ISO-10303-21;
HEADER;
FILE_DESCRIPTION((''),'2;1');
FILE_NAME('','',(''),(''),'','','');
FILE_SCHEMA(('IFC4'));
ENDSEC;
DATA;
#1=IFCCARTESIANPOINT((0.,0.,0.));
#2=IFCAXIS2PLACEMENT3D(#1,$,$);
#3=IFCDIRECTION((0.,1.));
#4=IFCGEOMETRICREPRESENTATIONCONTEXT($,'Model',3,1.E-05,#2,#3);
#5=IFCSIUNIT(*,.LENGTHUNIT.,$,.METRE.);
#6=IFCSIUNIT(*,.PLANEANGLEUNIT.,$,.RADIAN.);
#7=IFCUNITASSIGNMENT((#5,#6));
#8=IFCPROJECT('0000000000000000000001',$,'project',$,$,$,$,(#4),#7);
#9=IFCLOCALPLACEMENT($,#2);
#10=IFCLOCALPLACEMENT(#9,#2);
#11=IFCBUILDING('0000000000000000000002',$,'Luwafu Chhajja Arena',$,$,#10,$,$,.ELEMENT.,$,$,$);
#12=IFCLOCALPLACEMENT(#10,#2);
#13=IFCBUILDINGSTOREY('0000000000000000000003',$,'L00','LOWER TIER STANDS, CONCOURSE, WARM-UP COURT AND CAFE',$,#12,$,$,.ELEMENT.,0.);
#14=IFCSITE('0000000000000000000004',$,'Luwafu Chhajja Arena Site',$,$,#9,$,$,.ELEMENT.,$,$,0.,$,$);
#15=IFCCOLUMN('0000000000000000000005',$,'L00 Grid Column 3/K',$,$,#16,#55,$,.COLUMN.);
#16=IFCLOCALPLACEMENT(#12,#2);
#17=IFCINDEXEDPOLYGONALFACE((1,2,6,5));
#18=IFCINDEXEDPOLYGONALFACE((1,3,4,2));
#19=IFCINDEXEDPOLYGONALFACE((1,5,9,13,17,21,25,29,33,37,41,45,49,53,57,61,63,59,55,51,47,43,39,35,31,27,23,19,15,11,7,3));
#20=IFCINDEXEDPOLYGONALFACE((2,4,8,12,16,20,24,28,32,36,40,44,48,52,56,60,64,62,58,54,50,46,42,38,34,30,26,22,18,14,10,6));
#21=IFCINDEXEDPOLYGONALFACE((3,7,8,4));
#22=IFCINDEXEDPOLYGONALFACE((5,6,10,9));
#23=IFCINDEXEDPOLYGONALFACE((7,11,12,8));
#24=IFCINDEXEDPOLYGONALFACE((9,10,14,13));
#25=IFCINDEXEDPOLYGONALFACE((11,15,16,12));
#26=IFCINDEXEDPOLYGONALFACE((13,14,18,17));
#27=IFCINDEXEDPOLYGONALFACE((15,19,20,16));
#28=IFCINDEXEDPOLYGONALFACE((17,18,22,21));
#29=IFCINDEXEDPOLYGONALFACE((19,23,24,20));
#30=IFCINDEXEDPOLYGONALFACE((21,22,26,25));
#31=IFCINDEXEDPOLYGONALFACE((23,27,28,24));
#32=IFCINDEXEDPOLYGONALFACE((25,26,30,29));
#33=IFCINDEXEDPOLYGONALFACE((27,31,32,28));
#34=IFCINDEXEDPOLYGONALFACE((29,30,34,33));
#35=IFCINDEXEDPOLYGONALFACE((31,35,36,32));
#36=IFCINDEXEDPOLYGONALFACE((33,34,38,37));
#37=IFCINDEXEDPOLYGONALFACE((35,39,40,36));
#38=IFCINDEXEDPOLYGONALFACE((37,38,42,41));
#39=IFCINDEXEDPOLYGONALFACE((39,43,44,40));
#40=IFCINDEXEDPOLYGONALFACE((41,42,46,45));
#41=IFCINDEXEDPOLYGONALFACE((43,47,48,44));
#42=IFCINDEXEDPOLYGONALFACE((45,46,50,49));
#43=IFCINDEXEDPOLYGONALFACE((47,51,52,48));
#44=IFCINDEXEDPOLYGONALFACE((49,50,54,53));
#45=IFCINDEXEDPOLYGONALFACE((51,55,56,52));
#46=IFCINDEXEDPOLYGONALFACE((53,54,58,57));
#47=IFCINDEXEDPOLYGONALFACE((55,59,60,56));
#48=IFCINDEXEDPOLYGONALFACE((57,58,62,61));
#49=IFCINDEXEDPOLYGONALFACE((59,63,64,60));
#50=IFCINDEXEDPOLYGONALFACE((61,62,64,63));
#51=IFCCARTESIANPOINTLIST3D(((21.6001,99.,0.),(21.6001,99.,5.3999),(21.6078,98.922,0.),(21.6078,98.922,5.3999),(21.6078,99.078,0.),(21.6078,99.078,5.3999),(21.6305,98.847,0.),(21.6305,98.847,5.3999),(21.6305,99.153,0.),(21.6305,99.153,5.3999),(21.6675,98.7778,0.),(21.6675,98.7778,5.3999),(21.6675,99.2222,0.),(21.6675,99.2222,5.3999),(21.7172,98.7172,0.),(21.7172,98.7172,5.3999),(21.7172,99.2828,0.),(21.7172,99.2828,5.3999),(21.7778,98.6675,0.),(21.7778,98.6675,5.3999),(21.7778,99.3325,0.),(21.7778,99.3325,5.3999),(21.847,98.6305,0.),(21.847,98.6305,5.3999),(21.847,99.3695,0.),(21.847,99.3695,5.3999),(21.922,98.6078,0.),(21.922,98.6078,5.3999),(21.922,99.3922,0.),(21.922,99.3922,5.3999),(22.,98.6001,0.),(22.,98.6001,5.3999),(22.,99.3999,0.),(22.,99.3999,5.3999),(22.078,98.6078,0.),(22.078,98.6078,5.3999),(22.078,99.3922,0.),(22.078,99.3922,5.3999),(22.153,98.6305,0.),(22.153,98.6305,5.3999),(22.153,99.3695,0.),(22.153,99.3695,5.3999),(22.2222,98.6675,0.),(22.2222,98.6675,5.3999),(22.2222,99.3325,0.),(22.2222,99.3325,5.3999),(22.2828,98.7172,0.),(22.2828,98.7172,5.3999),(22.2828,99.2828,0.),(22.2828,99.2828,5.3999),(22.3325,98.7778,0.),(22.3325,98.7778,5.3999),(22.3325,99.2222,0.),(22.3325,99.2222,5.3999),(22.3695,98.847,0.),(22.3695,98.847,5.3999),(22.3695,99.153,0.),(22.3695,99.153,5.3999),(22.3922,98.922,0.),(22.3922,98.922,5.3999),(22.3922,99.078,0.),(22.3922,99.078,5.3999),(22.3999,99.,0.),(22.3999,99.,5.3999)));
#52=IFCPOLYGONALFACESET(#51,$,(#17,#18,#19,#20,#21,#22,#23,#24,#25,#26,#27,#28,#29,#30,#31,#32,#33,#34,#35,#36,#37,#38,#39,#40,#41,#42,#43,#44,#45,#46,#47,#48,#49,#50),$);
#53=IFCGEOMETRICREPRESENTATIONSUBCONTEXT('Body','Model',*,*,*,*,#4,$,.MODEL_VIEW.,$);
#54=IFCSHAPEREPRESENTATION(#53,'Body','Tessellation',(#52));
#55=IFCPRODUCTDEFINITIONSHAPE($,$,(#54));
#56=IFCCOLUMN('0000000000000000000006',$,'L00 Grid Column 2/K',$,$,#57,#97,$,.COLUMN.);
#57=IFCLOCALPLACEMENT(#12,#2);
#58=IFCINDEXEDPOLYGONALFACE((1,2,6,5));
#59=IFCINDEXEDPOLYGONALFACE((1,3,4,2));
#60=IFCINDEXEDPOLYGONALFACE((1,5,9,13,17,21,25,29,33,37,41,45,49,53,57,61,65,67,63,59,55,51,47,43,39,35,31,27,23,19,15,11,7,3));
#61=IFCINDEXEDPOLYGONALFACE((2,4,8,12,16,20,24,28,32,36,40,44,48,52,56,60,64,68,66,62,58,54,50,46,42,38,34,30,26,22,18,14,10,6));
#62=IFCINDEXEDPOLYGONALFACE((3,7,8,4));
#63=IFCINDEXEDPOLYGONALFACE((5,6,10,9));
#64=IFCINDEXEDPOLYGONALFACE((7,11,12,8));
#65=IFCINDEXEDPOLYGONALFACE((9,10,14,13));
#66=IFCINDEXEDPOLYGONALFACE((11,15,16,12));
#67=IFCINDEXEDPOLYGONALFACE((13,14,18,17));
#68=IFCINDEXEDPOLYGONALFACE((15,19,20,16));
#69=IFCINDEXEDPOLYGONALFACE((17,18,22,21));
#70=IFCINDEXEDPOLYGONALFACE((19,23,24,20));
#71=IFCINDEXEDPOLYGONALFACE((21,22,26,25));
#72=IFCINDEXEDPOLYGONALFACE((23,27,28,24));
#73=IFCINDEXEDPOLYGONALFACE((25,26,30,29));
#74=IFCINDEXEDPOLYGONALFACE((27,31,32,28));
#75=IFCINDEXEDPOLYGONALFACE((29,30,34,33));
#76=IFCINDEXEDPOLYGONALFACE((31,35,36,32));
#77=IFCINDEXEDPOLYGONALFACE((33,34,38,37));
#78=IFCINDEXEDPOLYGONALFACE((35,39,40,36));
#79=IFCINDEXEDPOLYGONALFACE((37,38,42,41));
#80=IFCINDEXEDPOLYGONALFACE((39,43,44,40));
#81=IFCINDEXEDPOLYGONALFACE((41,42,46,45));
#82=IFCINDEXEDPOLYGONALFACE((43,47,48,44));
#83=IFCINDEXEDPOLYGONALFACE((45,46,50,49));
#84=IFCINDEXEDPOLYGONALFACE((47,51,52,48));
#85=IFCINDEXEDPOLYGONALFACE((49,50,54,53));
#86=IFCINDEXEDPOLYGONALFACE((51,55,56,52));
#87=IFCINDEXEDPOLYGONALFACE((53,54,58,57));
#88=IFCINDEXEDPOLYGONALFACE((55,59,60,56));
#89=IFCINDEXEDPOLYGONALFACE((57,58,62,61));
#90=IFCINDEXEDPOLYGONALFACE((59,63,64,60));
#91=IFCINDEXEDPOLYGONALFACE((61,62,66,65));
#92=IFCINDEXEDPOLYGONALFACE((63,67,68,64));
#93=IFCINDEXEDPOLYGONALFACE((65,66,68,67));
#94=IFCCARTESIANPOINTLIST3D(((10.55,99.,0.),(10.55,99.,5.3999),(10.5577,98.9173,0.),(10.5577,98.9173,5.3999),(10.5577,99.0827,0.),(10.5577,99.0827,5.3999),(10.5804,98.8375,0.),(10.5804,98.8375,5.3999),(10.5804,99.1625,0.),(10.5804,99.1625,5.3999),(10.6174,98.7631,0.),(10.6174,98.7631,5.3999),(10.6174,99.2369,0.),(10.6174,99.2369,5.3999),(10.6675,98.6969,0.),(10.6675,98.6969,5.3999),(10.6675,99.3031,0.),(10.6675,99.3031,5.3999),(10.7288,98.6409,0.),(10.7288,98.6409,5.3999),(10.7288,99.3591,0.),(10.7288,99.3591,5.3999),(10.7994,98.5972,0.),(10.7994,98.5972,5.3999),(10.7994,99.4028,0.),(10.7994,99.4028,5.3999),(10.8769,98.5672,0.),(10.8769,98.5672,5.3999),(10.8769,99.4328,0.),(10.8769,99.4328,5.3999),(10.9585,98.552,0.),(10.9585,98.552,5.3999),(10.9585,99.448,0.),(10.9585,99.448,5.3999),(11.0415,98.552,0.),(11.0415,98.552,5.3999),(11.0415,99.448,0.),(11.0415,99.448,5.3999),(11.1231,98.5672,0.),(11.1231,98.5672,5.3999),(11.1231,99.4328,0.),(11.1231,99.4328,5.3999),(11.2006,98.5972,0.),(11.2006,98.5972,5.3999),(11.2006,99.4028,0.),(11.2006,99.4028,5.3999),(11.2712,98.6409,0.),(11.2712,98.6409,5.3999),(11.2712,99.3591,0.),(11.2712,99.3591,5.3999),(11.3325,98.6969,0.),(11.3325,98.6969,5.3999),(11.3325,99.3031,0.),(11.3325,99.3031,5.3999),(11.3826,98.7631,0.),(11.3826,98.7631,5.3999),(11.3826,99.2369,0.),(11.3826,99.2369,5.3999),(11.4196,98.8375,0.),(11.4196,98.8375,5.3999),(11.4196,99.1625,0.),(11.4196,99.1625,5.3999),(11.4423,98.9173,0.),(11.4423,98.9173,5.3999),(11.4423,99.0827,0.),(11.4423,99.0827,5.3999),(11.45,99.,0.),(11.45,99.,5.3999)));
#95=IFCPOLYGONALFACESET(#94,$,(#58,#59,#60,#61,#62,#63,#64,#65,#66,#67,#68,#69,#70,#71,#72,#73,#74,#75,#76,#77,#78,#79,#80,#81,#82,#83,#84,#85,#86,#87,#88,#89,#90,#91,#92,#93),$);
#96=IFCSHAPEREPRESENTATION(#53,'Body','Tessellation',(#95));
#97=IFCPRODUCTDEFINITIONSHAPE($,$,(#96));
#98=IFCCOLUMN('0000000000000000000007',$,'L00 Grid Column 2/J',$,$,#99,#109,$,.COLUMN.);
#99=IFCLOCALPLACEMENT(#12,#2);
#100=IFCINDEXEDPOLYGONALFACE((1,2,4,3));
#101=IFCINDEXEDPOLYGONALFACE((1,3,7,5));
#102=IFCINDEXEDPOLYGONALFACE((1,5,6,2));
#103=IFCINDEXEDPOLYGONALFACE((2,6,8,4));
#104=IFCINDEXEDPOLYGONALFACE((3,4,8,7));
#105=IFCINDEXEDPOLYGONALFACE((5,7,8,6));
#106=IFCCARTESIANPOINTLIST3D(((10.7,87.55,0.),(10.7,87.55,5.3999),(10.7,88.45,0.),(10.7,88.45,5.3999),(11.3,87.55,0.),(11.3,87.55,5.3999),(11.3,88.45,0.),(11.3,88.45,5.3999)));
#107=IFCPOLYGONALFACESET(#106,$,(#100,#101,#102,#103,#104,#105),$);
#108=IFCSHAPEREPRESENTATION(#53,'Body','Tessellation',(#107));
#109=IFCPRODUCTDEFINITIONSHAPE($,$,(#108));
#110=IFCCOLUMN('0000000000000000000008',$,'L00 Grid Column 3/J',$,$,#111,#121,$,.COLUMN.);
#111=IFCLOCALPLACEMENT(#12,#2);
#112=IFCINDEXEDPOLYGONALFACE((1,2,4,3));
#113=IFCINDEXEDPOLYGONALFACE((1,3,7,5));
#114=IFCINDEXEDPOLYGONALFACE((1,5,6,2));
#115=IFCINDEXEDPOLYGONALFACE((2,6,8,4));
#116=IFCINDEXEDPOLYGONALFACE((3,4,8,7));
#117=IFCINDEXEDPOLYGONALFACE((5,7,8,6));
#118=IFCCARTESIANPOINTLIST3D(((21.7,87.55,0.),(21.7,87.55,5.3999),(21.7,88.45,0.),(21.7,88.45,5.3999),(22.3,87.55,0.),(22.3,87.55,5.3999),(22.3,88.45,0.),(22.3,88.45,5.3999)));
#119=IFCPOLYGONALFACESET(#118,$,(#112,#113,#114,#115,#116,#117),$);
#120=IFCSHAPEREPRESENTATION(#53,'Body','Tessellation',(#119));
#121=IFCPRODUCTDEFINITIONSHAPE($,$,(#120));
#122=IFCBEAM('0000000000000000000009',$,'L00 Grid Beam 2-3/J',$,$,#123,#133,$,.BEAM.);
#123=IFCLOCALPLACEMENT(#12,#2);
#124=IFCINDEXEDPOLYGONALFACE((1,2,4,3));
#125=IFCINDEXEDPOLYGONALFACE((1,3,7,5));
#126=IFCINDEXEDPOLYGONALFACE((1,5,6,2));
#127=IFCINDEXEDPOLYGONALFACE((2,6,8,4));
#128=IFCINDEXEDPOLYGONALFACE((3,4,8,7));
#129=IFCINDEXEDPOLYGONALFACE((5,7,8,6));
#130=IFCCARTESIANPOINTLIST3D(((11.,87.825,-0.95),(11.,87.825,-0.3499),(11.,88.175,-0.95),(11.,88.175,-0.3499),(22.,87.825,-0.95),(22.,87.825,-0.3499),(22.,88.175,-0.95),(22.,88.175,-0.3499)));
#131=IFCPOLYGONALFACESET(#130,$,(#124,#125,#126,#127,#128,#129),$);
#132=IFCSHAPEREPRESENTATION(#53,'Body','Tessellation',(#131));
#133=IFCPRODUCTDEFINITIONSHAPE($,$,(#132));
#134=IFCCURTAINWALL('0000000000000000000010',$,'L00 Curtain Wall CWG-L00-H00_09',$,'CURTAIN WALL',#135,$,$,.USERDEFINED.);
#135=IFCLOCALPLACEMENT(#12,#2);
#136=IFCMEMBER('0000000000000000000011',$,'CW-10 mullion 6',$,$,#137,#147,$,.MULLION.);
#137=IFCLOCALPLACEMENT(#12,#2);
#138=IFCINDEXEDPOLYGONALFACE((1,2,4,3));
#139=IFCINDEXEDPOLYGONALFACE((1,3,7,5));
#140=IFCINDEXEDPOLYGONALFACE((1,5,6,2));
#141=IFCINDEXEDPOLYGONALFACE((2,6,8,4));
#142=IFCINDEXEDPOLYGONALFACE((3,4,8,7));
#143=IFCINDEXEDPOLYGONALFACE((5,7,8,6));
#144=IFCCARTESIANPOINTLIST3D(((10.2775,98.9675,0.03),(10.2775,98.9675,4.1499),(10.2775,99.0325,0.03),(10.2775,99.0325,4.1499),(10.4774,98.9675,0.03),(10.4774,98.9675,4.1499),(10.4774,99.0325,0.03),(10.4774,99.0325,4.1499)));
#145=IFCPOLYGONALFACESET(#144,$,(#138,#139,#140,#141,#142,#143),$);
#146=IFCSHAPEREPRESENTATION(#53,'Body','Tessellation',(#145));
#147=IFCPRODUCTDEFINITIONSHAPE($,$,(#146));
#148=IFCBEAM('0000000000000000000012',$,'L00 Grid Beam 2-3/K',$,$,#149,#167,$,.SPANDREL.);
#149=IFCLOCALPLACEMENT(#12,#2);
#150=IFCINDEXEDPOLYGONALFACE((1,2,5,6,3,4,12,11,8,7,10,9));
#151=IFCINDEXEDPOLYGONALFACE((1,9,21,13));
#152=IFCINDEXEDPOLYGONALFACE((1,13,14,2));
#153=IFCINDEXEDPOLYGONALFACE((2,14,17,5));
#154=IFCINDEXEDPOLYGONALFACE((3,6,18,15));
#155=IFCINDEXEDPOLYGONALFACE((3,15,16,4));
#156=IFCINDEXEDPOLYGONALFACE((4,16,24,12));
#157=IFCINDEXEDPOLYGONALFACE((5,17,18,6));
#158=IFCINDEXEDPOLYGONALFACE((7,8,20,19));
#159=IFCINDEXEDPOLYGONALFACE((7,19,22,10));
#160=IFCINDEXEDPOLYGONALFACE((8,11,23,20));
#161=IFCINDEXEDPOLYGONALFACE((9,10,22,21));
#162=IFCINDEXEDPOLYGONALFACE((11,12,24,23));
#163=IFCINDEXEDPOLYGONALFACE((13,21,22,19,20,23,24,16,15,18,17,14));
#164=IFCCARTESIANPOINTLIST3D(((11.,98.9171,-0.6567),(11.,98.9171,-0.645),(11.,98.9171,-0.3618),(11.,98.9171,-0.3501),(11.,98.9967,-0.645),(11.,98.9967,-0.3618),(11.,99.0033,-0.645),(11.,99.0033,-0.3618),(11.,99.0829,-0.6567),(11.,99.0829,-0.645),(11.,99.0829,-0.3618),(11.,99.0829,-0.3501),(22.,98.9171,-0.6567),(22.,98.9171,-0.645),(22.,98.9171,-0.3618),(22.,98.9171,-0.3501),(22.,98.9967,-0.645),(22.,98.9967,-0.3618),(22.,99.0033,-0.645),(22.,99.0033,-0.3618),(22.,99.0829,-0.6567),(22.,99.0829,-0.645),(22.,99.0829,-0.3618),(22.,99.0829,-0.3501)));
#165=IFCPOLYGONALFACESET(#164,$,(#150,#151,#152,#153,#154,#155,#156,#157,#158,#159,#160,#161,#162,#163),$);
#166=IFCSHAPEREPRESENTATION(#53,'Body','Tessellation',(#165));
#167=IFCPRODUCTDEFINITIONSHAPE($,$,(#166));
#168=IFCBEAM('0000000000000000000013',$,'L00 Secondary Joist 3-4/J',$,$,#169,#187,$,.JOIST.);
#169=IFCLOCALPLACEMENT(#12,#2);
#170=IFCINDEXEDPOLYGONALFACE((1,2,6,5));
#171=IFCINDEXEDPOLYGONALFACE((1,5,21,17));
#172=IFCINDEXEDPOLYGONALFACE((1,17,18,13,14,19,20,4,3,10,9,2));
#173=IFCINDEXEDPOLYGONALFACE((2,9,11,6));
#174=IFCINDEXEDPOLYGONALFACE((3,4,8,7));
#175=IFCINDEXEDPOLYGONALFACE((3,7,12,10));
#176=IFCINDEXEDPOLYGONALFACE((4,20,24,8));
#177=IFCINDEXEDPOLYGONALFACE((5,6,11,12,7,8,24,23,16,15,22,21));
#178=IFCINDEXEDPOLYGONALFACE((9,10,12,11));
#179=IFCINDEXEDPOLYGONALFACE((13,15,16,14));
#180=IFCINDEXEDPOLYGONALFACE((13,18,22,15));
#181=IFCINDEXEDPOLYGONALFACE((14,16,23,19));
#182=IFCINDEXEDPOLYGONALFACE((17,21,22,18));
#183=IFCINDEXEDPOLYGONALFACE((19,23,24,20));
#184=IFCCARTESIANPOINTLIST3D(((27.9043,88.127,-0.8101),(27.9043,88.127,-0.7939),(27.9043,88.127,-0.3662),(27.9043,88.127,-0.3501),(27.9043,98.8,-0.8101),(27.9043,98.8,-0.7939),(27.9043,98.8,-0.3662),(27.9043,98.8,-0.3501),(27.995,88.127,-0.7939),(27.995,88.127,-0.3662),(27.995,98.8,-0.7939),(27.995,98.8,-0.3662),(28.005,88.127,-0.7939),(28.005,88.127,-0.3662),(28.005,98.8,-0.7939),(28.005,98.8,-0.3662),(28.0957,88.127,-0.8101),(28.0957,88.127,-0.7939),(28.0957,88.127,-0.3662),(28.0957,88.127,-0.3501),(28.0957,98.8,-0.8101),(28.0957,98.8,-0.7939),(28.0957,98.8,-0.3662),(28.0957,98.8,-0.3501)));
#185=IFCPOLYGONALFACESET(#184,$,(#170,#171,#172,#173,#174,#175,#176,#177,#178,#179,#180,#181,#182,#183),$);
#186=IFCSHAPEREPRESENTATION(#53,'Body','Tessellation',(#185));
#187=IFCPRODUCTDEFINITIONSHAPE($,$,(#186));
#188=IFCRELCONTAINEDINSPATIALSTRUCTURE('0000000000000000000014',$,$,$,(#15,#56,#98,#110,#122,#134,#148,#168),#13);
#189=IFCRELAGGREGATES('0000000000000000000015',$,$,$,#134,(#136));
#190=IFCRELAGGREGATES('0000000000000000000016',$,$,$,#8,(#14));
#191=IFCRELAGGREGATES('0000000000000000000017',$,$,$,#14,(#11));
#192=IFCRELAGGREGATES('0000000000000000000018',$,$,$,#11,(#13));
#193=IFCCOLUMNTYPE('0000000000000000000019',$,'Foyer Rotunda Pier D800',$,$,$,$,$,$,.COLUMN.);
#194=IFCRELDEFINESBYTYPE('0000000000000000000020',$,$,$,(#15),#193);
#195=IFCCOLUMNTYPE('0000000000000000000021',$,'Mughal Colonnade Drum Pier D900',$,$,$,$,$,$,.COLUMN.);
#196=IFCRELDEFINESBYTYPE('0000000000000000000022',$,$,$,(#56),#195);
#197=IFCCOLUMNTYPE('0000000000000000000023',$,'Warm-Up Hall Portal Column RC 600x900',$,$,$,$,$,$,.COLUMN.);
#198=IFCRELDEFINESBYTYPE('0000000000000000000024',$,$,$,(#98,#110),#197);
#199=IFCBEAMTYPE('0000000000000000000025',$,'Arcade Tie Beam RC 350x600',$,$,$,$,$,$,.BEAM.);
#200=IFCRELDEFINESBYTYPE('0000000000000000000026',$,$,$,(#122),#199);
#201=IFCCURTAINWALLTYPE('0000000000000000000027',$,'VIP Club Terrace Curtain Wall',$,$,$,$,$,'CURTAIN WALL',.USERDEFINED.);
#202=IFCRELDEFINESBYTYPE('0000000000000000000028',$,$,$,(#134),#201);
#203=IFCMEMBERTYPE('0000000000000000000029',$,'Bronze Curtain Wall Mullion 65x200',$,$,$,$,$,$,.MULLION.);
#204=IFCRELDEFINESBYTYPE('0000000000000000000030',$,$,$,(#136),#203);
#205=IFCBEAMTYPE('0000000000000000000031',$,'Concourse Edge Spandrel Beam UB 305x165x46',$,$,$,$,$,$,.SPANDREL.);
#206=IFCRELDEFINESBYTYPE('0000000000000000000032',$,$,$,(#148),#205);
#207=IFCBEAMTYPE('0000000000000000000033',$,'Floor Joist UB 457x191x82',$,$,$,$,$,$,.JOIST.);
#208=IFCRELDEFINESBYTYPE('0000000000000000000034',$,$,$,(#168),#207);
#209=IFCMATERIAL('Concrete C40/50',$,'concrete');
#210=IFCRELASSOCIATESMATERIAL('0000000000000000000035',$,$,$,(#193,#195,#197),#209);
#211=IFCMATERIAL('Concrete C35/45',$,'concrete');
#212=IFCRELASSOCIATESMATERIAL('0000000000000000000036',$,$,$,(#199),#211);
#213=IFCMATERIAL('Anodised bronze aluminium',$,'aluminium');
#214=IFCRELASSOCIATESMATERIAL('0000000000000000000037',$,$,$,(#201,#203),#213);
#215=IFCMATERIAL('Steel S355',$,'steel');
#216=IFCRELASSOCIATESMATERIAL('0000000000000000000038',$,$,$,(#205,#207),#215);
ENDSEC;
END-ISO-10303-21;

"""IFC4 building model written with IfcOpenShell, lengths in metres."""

from ifc_helpers import new_model, si_unit, direction, frame, origin, origin_2d, place, context, subcontext, project, spatial, rectangle, circle, i_section, extrude, material, material_profile, profile_set, type_object, element, aggregate, save


model = new_model("IFC4")

# Units and contexts
model_context = context("Model", 3, precision=1e-05, world=origin(), true_north=direction((0.0, 1.0)))
body_context = subcontext(model_context, "Body", "Model", "MODEL_VIEW")
ifc_project = project(units=[si_unit("LENGTHUNIT", "METRE"), si_unit("PLANEANGLEUNIT", "RADIAN")], contexts=[model_context])

# Site, building, storey
site_placement = place(None, origin())
site = spatial("IfcSite", under=ifc_project, at=site_placement, Name="Luwafu Chhajja Arena Site", CompositionType="ELEMENT", RefElevation=0.0)
building_placement = place(site_placement, origin())
building = spatial("IfcBuilding", under=site, at=building_placement, Name="Luwafu Chhajja Arena", CompositionType="ELEMENT")
storey_placement = place(building_placement, origin())
storey = spatial("IfcBuildingStorey", under=building, at=storey_placement, Name="L00", Description="LOWER TIER STANDS, CONCOURSE, WARM-UP COURT AND CAFE", CompositionType="ELEMENT", Elevation=0.0)

# Columns
ifc_material_1 = material(Name="Concrete C40/50", Category="concrete")
ifc_material_profile_1 = material_profile(ifc_material_1, circle(Radius=0.3999, at=origin_2d()), Name="RC COL D800")
ifc_profile_set_1 = profile_set([ifc_material_profile_1], Name="Concrete C40/50")
column_type_1 = type_object("IfcColumnType", Name="Foyer Rotunda Pier D800", PredefinedType="COLUMN", material=ifc_profile_set_1)
column_1_placement = place(storey_placement, frame((22.0, 99.0, 0.0), z_axis=(0.0, 0.0, 1.0), x_axis=(1.0, 0.0, 0.0)))
element("IfcColumn", 1, at=column_1_placement, inside=storey, type_object=column_type_1, Name="L00 Grid Column 3/K", PredefinedType="COLUMN", context=body_context, shape_type="SweptSolid", body=[
    extrude(circle(Radius=0.3999, at=origin_2d()), origin(), (0.0, 0.0, 1.0), 5.3999),
])
ifc_material_profile_2 = material_profile(ifc_material_1, circle(Radius=0.45, at=origin_2d()), Name="RC COL D900")
ifc_profile_set_2 = profile_set([ifc_material_profile_2], Name="Concrete C40/50")
column_type_2 = type_object("IfcColumnType", Name="Mughal Colonnade Drum Pier D900", PredefinedType="COLUMN", material=ifc_profile_set_2)
column_2_placement = place(storey_placement, frame((11.0, 99.0, 0.0), z_axis=(0.0, 0.0, 1.0), x_axis=(1.0, 0.0, 0.0)))
element("IfcColumn", 2, at=column_2_placement, inside=storey, type_object=column_type_2, Name="L00 Grid Column 2/K", PredefinedType="COLUMN", context=body_context, shape_type="SweptSolid", body=[
    extrude(circle(Radius=0.45, at=origin_2d()), origin(), (0.0, 0.0, 1.0), 5.3999),
])
ifc_material_profile_3 = material_profile(ifc_material_1, rectangle(XDim=0.6001, YDim=0.8999, at=origin_2d()), Name="RC 600x900")
ifc_profile_set_3 = profile_set([ifc_material_profile_3], Name="Concrete C40/50")
column_type_3 = type_object("IfcColumnType", Name="Warm-Up Hall Portal Column RC 600x900", PredefinedType="COLUMN", material=ifc_profile_set_3)
for number, where, z_axis, x_axis, name in (
    (3, (11.0, 88.0, 0.0), (0.0, 0.0, 1.0), (1.0, 0.0, 0.0), "L00 Grid Column 2/J"),
    (4, (22.0, 88.0, 0.0), (0.0, 0.0, 1.0), (1.0, 0.0, 0.0), "L00 Grid Column 3/J"),
):
    element("IfcColumn", number, at=place(storey_placement, frame(where, z_axis=z_axis, x_axis=x_axis)), inside=storey, type_object=column_type_3, Name=name, PredefinedType="COLUMN", context=body_context, shape_type="SweptSolid", body=[
        extrude(rectangle(XDim=0.6001, YDim=0.8999, at=origin_2d()), origin(), (0.0, 0.0, 1.0), 5.3999),
    ])

# Beam
ifc_material_2 = material(Name="Concrete C35/45", Category="concrete")
ifc_material_profile_4 = material_profile(ifc_material_2, rectangle(XDim=0.3501, YDim=0.6001, at=origin_2d()), Name="RC 350x600")
ifc_profile_set_4 = profile_set([ifc_material_profile_4], Name="Concrete C35/45")
beam_type_1 = type_object("IfcBeamType", Name="Arcade Tie Beam RC 350x600", PredefinedType="BEAM", material=ifc_profile_set_4)
beam_1_placement = place(storey_placement, frame((11.0, 88.0, -0.6499), z_axis=(1.0, 0.0, 0.0), x_axis=(0.0, 1.0, 0.0)))
element("IfcBeam", 5, at=beam_1_placement, inside=storey, type_object=beam_type_1, Name="L00 Grid Beam 2-3/J", PredefinedType="BEAM", context=body_context, shape_type="SweptSolid", body=[
    extrude(rectangle(XDim=0.3501, YDim=0.6001, at=origin_2d()), origin(), (0.0, 0.0, 1.0), 11.0),
])

# Curtain wall, member
ifc_material_3 = material(Name="Anodised bronze aluminium", Category="aluminium")
curtain_wall_type = type_object("IfcCurtainWallType", Name="VIP Club Terrace Curtain Wall", ElementType="CURTAIN WALL", PredefinedType="USERDEFINED", material=ifc_material_3)
curtain_wall_placement = place(storey_placement, origin())
curtain_wall = element("IfcCurtainWall", 6, at=curtain_wall_placement, inside=storey, type_object=curtain_wall_type, Name="L00 Curtain Wall CWG-L00-H00_09", ObjectType="CURTAIN WALL", PredefinedType="USERDEFINED")
ifc_material_profile_5 = material_profile(ifc_material_3, rectangle(XDim=0.0649, YDim=0.2, at=origin_2d()), Name="CWM 65x200")
ifc_profile_set_5 = profile_set([ifc_material_profile_5], Name="Anodised bronze aluminium")
member_type = type_object("IfcMemberType", Name="Bronze Curtain Wall Mullion 65x200", PredefinedType="MULLION", material=ifc_profile_set_5)
member_placement = place(storey_placement, frame((10.3774, 99.0, 0.03), z_axis=(0.0, 0.0, 1.0), x_axis=(0.0, 1.0, 0.0)))
member = element("IfcMember", 7, at=member_placement, type_object=member_type, Name="CW-10 mullion 6", PredefinedType="MULLION", context=body_context, shape_type="SweptSolid", body=[
    extrude(rectangle(XDim=0.0649, YDim=0.2, at=origin_2d()), origin(), (0.0, 0.0, 1.0), 4.1199),
])
aggregate(curtain_wall, [member])

# Beams
ifc_material_4 = material(Name="Steel S355", Category="steel")
ifc_material_profile_6 = material_profile(ifc_material_4, i_section(OverallWidth=0.1658, OverallDepth=0.3066, WebThickness=0.0066, FlangeThickness=0.0117, at=origin_2d()), Name="UB 305x165x46")
ifc_profile_set_6 = profile_set([ifc_material_profile_6], Name="Steel S355")
beam_type_2 = type_object("IfcBeamType", Name="Concourse Edge Spandrel Beam UB 305x165x46", PredefinedType="SPANDREL", material=ifc_profile_set_6)
beam_2_placement = place(storey_placement, frame((11.0, 99.0, -0.5034), z_axis=(1.0, 0.0, 0.0), x_axis=(0.0, 1.0, 0.0)))
element("IfcBeam", 8, at=beam_2_placement, inside=storey, type_object=beam_type_2, Name="L00 Grid Beam 2-3/K", PredefinedType="SPANDREL", context=body_context, shape_type="SweptSolid", body=[
    extrude(i_section(OverallWidth=0.1658, OverallDepth=0.3066, WebThickness=0.0066, FlangeThickness=0.0117, at=origin_2d()), origin(), (0.0, 0.0, 1.0), 11.0),
])
ifc_material_profile_7 = material_profile(ifc_material_4, i_section(OverallWidth=0.1914, OverallDepth=0.46, WebThickness=0.01, FlangeThickness=0.0161, at=origin_2d()), Name="UB 457x191x82")
ifc_profile_set_7 = profile_set([ifc_material_profile_7], Name="Steel S355")
beam_type_3 = type_object("IfcBeamType", Name="Floor Joist UB 457x191x82", PredefinedType="JOIST", material=ifc_profile_set_7)
beam_3_placement = place(storey_placement, frame((28.0, 88.127, -0.5801), z_axis=(0.0, 1.0, 0.0), x_axis=(-1.0, 0.0, 0.0)))
element("IfcBeam", 9, at=beam_3_placement, inside=storey, type_object=beam_type_3, Name="L00 Secondary Joist 3-4/J", PredefinedType="JOIST", context=body_context, shape_type="SweptSolid", body=[
    extrude(i_section(OverallWidth=0.1914, OverallDepth=0.46, WebThickness=0.01, FlangeThickness=0.0161, at=origin_2d()), origin(), (0.0, 0.0, 1.0), 10.6731),
])

save(model, "model.ifc")
